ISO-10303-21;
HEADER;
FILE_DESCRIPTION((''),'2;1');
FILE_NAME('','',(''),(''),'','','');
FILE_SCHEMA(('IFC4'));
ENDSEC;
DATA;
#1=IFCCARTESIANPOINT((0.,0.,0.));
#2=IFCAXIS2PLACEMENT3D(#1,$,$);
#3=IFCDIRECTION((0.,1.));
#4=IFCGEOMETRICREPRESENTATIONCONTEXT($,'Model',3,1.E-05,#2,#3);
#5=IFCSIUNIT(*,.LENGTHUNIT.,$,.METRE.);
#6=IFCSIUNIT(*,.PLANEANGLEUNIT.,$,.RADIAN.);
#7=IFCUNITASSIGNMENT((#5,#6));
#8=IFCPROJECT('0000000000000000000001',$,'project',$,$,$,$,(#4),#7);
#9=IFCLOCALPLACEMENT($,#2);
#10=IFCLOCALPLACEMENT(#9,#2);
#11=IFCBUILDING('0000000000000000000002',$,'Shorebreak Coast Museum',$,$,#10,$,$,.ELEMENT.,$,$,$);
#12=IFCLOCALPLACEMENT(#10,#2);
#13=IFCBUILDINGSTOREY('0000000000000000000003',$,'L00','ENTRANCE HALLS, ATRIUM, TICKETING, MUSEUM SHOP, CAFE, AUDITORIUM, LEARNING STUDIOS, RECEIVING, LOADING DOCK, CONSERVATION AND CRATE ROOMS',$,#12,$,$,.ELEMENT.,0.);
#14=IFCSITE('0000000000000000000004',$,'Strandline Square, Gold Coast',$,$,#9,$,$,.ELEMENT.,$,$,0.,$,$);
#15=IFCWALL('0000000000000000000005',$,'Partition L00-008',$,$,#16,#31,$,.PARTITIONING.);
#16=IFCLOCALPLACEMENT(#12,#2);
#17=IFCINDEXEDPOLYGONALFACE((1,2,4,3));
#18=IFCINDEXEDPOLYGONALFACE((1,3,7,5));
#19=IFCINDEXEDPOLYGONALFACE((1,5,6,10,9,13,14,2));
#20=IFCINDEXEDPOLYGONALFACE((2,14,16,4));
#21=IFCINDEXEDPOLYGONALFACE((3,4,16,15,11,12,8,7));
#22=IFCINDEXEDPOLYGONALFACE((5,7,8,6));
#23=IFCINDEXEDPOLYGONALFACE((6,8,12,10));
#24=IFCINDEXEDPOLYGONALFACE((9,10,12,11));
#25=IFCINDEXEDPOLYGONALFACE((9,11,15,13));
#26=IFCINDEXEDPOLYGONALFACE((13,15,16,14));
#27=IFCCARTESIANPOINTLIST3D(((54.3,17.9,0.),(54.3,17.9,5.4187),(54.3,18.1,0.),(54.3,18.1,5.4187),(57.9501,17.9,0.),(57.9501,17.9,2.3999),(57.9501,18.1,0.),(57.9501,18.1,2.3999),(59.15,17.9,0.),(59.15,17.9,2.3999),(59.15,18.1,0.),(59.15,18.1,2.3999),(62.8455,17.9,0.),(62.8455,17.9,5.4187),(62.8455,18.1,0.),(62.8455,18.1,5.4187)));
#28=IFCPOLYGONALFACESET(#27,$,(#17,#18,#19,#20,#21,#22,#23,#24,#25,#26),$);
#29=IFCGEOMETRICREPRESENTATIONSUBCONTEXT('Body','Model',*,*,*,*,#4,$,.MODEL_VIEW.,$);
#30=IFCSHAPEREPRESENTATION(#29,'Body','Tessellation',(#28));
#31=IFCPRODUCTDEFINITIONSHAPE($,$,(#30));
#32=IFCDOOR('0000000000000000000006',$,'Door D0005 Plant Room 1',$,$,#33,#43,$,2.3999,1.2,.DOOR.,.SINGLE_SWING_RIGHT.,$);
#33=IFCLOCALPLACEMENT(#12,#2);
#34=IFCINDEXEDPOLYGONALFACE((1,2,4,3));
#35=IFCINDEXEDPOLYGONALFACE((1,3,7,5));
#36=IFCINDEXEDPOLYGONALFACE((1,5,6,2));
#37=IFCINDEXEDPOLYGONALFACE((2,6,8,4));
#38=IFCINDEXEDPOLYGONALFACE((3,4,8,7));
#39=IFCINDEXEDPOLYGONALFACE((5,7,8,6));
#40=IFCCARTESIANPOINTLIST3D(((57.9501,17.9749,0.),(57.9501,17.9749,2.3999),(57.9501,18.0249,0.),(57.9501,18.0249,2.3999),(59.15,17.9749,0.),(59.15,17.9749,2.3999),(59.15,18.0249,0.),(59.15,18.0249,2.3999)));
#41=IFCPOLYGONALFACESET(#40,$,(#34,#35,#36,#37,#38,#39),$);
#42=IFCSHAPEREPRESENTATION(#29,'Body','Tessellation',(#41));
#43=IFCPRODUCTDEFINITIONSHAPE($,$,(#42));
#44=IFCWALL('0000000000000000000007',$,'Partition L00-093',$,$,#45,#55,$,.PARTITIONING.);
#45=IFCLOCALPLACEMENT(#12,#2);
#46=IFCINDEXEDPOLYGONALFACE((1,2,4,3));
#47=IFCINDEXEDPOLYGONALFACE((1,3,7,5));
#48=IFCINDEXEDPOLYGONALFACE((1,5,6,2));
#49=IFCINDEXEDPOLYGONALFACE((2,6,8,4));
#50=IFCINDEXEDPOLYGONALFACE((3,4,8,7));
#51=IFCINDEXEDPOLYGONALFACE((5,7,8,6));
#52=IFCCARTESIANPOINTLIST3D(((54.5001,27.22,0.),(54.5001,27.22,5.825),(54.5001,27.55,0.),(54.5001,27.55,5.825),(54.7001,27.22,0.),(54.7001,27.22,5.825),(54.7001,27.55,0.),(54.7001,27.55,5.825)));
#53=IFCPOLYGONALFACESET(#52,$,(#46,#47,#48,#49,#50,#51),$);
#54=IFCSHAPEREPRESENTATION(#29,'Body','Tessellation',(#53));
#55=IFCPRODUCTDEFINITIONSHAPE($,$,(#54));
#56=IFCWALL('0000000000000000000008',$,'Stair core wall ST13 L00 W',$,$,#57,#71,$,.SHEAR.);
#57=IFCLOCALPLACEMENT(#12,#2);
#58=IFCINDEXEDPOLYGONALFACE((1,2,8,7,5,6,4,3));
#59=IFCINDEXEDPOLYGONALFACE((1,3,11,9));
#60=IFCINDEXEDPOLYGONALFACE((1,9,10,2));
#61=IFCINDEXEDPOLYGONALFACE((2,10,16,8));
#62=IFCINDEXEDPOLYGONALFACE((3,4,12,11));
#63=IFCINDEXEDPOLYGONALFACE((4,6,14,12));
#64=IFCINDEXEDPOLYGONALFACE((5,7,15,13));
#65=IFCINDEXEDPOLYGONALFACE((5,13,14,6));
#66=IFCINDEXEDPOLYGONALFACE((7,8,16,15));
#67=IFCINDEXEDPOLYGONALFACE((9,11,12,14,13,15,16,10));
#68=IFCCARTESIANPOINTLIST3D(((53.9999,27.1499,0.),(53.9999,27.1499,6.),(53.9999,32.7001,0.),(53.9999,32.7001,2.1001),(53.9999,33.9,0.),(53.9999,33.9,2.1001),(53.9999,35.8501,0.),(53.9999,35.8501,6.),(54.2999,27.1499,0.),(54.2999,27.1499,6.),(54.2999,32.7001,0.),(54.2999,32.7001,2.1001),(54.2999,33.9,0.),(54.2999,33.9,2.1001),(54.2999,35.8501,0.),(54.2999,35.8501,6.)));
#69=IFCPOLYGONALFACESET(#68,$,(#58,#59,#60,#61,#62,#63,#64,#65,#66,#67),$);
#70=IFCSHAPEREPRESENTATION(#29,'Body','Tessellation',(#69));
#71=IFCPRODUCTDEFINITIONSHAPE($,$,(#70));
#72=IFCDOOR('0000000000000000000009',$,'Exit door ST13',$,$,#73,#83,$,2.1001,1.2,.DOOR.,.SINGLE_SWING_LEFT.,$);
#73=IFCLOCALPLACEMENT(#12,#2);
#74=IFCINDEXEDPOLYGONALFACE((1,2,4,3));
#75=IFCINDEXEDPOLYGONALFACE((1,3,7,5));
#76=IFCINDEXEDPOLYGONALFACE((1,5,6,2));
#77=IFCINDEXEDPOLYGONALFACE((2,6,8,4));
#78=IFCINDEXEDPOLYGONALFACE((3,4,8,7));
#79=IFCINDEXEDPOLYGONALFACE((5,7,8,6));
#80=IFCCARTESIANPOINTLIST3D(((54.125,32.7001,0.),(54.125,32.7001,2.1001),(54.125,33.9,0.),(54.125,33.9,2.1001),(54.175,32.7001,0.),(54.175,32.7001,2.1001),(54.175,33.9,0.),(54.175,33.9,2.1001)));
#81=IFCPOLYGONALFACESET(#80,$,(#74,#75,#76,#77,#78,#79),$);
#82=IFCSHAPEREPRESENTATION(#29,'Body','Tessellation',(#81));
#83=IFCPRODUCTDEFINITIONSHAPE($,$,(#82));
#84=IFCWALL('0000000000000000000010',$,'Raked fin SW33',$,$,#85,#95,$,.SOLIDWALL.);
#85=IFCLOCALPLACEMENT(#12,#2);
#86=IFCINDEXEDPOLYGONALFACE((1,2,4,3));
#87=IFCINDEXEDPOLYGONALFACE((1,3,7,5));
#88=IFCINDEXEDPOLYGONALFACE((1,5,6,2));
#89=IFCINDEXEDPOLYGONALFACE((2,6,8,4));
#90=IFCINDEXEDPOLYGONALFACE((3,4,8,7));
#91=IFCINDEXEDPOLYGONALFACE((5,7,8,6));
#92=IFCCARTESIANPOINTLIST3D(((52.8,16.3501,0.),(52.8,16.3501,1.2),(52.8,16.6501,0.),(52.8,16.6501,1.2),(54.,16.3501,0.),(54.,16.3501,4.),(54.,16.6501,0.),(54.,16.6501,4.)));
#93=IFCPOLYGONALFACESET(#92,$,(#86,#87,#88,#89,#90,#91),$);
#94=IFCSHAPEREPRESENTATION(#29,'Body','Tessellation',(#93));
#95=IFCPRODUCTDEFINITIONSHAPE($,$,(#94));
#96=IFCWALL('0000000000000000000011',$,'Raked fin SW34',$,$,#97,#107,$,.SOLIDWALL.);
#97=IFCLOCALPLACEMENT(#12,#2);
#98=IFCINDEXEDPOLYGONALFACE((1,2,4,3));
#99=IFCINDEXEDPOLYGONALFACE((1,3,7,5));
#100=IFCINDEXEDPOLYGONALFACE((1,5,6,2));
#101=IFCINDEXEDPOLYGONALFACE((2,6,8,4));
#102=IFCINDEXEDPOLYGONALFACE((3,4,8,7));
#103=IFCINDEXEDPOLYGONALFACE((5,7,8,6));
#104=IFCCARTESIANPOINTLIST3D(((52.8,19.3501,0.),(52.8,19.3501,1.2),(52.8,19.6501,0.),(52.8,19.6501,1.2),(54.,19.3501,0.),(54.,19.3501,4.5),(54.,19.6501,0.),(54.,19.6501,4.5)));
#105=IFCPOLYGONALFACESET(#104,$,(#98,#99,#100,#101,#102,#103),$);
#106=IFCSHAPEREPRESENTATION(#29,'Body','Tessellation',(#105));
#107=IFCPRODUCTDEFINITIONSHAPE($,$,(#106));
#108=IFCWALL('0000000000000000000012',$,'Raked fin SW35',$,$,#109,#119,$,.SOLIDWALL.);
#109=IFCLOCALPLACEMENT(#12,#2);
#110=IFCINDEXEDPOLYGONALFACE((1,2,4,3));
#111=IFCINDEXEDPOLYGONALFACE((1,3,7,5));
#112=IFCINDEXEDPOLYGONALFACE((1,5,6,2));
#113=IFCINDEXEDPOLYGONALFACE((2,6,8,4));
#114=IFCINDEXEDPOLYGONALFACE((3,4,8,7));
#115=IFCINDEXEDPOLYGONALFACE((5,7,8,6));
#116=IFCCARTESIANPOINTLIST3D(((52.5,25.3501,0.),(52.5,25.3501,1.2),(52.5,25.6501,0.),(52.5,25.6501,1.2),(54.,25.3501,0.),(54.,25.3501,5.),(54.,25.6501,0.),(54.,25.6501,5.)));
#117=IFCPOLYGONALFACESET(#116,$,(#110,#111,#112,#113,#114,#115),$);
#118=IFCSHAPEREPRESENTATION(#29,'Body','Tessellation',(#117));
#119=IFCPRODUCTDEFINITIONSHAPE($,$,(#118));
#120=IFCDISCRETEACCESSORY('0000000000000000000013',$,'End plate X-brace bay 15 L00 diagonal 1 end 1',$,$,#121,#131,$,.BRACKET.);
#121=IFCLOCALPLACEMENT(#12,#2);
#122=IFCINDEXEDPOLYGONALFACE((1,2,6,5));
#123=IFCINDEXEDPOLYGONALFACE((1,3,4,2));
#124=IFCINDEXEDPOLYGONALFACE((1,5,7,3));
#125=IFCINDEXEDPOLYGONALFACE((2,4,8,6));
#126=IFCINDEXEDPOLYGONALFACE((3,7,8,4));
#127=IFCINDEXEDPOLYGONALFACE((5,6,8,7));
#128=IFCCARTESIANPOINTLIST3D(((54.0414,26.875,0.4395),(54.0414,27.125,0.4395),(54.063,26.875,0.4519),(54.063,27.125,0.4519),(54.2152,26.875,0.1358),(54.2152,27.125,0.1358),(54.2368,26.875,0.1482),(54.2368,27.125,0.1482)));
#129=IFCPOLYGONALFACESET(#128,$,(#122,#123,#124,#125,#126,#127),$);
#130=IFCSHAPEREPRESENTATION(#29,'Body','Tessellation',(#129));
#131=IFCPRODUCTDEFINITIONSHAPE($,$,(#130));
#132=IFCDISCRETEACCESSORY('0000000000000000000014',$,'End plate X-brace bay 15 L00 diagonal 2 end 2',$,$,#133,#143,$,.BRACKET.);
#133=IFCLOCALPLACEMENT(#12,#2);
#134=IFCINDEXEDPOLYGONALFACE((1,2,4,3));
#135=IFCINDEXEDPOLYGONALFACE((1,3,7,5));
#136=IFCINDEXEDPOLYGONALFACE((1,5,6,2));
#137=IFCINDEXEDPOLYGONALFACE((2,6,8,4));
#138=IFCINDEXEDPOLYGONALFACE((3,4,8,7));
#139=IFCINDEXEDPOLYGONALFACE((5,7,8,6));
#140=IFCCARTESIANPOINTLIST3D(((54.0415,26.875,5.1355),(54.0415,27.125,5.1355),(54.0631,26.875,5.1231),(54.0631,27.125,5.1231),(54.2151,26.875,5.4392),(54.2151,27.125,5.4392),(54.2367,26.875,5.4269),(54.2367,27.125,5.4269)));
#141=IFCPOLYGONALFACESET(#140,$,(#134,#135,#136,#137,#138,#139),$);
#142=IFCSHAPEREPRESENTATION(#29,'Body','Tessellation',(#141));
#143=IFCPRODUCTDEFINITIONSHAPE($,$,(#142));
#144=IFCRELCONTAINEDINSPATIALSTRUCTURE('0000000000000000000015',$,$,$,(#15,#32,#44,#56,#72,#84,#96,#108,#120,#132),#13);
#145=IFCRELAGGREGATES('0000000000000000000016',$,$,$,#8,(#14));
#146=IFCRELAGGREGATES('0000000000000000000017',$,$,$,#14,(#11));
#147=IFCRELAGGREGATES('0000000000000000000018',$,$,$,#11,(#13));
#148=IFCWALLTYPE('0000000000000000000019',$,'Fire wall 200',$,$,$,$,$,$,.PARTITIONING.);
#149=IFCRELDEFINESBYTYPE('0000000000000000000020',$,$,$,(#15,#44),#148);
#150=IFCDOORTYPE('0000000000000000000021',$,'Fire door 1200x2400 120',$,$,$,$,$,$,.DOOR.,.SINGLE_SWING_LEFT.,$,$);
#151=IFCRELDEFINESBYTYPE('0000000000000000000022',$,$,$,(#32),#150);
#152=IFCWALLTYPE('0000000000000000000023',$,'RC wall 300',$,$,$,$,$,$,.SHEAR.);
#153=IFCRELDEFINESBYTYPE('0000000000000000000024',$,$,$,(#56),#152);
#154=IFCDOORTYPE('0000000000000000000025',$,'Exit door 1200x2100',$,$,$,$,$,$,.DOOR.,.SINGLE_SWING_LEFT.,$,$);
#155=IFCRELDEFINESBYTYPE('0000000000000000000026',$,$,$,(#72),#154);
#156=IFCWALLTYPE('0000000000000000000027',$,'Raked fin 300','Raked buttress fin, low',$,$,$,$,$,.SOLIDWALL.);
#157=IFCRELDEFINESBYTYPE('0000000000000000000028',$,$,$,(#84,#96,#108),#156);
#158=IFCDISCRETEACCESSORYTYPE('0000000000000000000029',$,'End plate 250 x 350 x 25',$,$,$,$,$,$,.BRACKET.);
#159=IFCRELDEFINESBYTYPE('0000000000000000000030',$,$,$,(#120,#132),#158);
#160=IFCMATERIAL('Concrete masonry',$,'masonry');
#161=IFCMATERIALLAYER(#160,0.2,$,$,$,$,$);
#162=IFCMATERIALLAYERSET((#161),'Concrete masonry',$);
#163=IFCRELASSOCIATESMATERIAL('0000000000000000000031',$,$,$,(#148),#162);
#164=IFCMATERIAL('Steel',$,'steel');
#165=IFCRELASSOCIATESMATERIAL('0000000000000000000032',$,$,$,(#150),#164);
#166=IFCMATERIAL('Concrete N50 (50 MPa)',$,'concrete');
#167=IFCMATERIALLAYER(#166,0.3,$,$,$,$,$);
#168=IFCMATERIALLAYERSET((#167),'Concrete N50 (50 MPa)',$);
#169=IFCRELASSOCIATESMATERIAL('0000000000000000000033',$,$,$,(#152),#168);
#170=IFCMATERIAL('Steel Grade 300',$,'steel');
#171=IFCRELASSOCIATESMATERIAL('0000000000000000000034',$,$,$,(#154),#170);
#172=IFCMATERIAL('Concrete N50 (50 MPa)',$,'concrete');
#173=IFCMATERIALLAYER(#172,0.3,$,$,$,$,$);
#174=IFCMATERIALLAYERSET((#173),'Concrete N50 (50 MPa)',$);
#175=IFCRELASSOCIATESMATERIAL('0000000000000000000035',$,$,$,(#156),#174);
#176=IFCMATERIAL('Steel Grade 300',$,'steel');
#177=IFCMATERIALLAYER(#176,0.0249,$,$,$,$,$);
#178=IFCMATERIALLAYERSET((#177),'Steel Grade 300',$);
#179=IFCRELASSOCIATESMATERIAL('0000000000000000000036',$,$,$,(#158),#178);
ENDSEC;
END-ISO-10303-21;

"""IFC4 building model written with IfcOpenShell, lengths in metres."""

from ifc_helpers import new_model, si_unit, direction, frame, frame_2d, origin, place, context, subcontext, project, spatial, polyline, rectangle, outline, extrude, material, layer, layer_set, type_object, element, fill, save


model = new_model("IFC4")

# Units and contexts
model_context = context("Model", 3, precision=1e-05, world=origin(), true_north=direction((0.0, 1.0)))
body_context = subcontext(model_context, "Body", "Model", "MODEL_VIEW")
ifc_project = project(units=[si_unit("LENGTHUNIT", "METRE"), si_unit("PLANEANGLEUNIT", "RADIAN")], contexts=[model_context])

# Site, building, storey
site_placement = place(None, origin())
site = spatial("IfcSite", under=ifc_project, at=site_placement, Name="Strandline Square, Gold Coast", CompositionType="ELEMENT", RefElevation=0.0)
building_placement = place(site_placement, origin())
building = spatial("IfcBuilding", under=site, at=building_placement, Name="Shorebreak Coast Museum", CompositionType="ELEMENT")
storey_placement = place(building_placement, origin())
storey = spatial("IfcBuildingStorey", under=building, at=storey_placement, Name="L00", Description="ENTRANCE HALLS, ATRIUM, TICKETING, MUSEUM SHOP, CAFE, AUDITORIUM, LEARNING STUDIOS, RECEIVING, LOADING DOCK, CONSERVATION AND CRATE ROOMS", CompositionType="ELEMENT", Elevation=0.0)

# Wall, opening, door
ifc_material_1 = material(Name="Concrete masonry", Category="masonry")
ifc_layer_1 = layer(ifc_material_1, 0.2)
ifc_layer_set_1 = layer_set([ifc_layer_1], Name="Concrete masonry")
wall_type_1 = type_object("IfcWallType", Name="Fire wall 200", PredefinedType="PARTITIONING", material=ifc_layer_set_1)
wall_1_placement = place(storey_placement, frame((54.3, 18.0, 0.0), z_axis=(0.0, 0.0, 1.0), x_axis=(1.0, 0.0, 0.0)))
wall_1 = element("IfcWall", 1, at=wall_1_placement, inside=storey, type_object=wall_type_1, Name="Partition L00-008", PredefinedType="PARTITIONING", context=body_context, shape_type="SweptSolid", body=[
    extrude(rectangle(XDim=8.5454, YDim=0.2, at=frame_2d((4.2727, 0.0))), origin(), (0.0, 0.0, 1.0), 5.4187),
])
opening_1_placement = place(wall_1_placement, frame((3.6499, 0.0, 0.0)))
opening_1 = element("IfcOpeningElement", 2, at=opening_1_placement, cuts=wall_1, PredefinedType="OPENING", context=body_context, shape_type="SweptSolid", body=[
    extrude(rectangle(XDim=1.2, YDim=2.3999, at=frame_2d((0.6001, 1.2))), frame((0.0, 0.1099, 0.0), z_axis=(0.0, -1.0, 0.0), x_axis=(1.0, 0.0, 0.0)), (0.0, 0.0, 1.0), 0.22),
])
ifc_material_2 = material(Name="Steel", Category="steel")
door_type_1 = type_object("IfcDoorType", Name="Fire door 1200x2400 120", OperationType="SINGLE_SWING_LEFT", PredefinedType="DOOR", material=ifc_material_2)
door_1_placement = place(opening_1_placement, origin())
door_1 = element("IfcDoor", 3, at=door_1_placement, inside=storey, type_object=door_type_1, Name="Door D0005 Plant Room 1", OperationType="SINGLE_SWING_RIGHT", OverallHeight=2.3999, OverallWidth=1.2, PredefinedType="DOOR", context=body_context, shape_type="SweptSolid", body=[
    extrude(rectangle(XDim=1.2, YDim=2.3999, at=frame_2d((0.6001, 1.2))), frame((0.0, 0.0249, 0.0), z_axis=(0.0, -1.0, 0.0), x_axis=(1.0, 0.0, 0.0)), (0.0, 0.0, 1.0), 0.05),
])
fill(opening_1, door_1)

# Wall
wall_2_placement = place(storey_placement, frame((54.6001, 27.22, 0.0), z_axis=(0.0, 0.0, 1.0), x_axis=(0.0, 1.0, 0.0)))
element("IfcWall", 4, at=wall_2_placement, inside=storey, type_object=wall_type_1, Name="Partition L00-093", PredefinedType="PARTITIONING", context=body_context, shape_type="SweptSolid", body=[
    extrude(rectangle(XDim=0.3301, YDim=0.2, at=frame_2d((0.165, 0.0))), origin(), (0.0, 0.0, 1.0), 5.825),
])

# Wall, opening, door
ifc_material_3 = material(Name="Concrete N50 (50 MPa)", Category="concrete")
ifc_layer_2 = layer(ifc_material_3, 0.3)
ifc_layer_set_2 = layer_set([ifc_layer_2], Name="Concrete N50 (50 MPa)")
wall_type_2 = type_object("IfcWallType", Name="RC wall 300", PredefinedType="SHEAR", material=ifc_layer_set_2)
wall_3_placement = place(storey_placement, frame((54.1499, 27.1499, 0.0), z_axis=(0.0, 0.0, 1.0), x_axis=(0.0, 1.0, 0.0)))
wall_3 = element("IfcWall", 5, at=wall_3_placement, inside=storey, type_object=wall_type_2, Name="Stair core wall ST13 L00 W", PredefinedType="SHEAR", context=body_context, shape_type="SweptSolid", body=[
    extrude(rectangle(XDim=8.7002, YDim=0.3, at=frame_2d((4.3501, 0.0))), origin(), (0.0, 0.0, 1.0), 6.0),
])
opening_2_placement = place(wall_3_placement, frame((5.55, 0.0, 0.0)))
opening_2 = element("IfcOpeningElement", 6, at=opening_2_placement, cuts=wall_3, PredefinedType="OPENING", context=body_context, shape_type="SweptSolid", body=[
    extrude(rectangle(XDim=1.2, YDim=2.1001, at=frame_2d((0.6001, 1.05))), frame((0.0, 0.1599, 0.0), z_axis=(0.0, -1.0, 0.0), x_axis=(1.0, 0.0, 0.0)), (0.0, 0.0, 1.0), 0.3201),
])
ifc_material_4 = material(Name="Steel Grade 300", Category="steel")
door_type_2 = type_object("IfcDoorType", Name="Exit door 1200x2100", OperationType="SINGLE_SWING_LEFT", PredefinedType="DOOR", material=ifc_material_4)
door_2_placement = place(opening_2_placement, origin())
door_2 = element("IfcDoor", 7, at=door_2_placement, inside=storey, type_object=door_type_2, Name="Exit door ST13", OperationType="SINGLE_SWING_LEFT", OverallHeight=2.1001, OverallWidth=1.2, PredefinedType="DOOR", context=body_context, shape_type="SweptSolid", body=[
    extrude(rectangle(XDim=1.2, YDim=2.1001, at=frame_2d((0.6001, 1.05))), frame((0.0, 0.0249, 0.0), z_axis=(0.0, -1.0, 0.0), x_axis=(1.0, 0.0, 0.0)), (0.0, 0.0, 1.0), 0.05),
])
fill(opening_2, door_2)

# Walls
ifc_material_5 = material(Name="Concrete N50 (50 MPa)", Category="concrete")
ifc_layer_3 = layer(ifc_material_5, 0.3)
ifc_layer_set_3 = layer_set([ifc_layer_3], Name="Concrete N50 (50 MPa)")
wall_type_3 = type_object("IfcWallType", Name="Raked fin 300", Description="Raked buttress fin, low", PredefinedType="SOLIDWALL", material=ifc_layer_set_3)
wall_4_placement = place(storey_placement, frame((54.0, 16.5, 0.0), z_axis=(0.0, 0.0, 1.0), x_axis=(-1.0, 0.0, 0.0)))
element("IfcWall", 8, at=wall_4_placement, inside=storey, type_object=wall_type_3, Name="Raked fin SW33", PredefinedType="SOLIDWALL", context=body_context, shape_type="SweptSolid", body=[
    extrude(outline(polyline([(0.0, 0.0), (1.2, 0.0), (1.2, 1.2), (0.0, 4.0), (0.0, 0.0)])), frame((0.0, 0.1499, 0.0), z_axis=(0.0, -1.0, 0.0), x_axis=(1.0, 0.0, 0.0)), (0.0, 0.0, 1.0), 0.3),
])
wall_5_placement = place(storey_placement, frame((54.0, 19.5, 0.0), z_axis=(0.0, 0.0, 1.0), x_axis=(-1.0, 0.0, 0.0)))
element("IfcWall", 9, at=wall_5_placement, inside=storey, type_object=wall_type_3, Name="Raked fin SW34", PredefinedType="SOLIDWALL", context=body_context, shape_type="SweptSolid", body=[
    extrude(outline(polyline([(0.0, 0.0), (1.2, 0.0), (1.2, 1.2), (0.0, 4.5), (0.0, 0.0)])), frame((0.0, 0.1499, 0.0), z_axis=(0.0, -1.0, 0.0), x_axis=(1.0, 0.0, 0.0)), (0.0, 0.0, 1.0), 0.3),
])
wall_6_placement = place(storey_placement, frame((54.0, 25.5, 0.0), z_axis=(0.0, 0.0, 1.0), x_axis=(-1.0, 0.0, 0.0)))
element("IfcWall", 10, at=wall_6_placement, inside=storey, type_object=wall_type_3, Name="Raked fin SW35", PredefinedType="SOLIDWALL", context=body_context, shape_type="SweptSolid", body=[
    extrude(outline(polyline([(0.0, 0.0), (1.5, 0.0), (1.5, 1.2), (0.0, 5.0), (0.0, 0.0)])), frame((0.0, 0.1499, 0.0), z_axis=(0.0, -1.0, 0.0), x_axis=(1.0, 0.0, 0.0)), (0.0, 0.0, 1.0), 0.3),
])

# Discrete accessories
ifc_material_6 = material(Name="Steel Grade 300", Category="steel")
ifc_layer_4 = layer(ifc_material_6, 0.0249)
ifc_layer_set_4 = layer_set([ifc_layer_4], Name="Steel Grade 300")
discrete_accessory_type = type_object("IfcDiscreteAccessoryType", Name="End plate 250 x 350 x 25", PredefinedType="BRACKET", material=ifc_layer_set_4)
discrete_accessory_1_placement = place(storey_placement, frame((54.2368, 26.875, 0.1482), z_axis=(0.867899, 0.0, 0.49674), x_axis=(0.0, 1.0, 0.0)))
element("IfcDiscreteAccessory", 11, at=discrete_accessory_1_placement, inside=storey, type_object=discrete_accessory_type, Name="End plate X-brace bay 15 L00 diagonal 1 end 1", PredefinedType="BRACKET", context=body_context, shape_type="SweptSolid", body=[
    extrude(outline(polyline([(0.0, 0.0), (0.25, 0.0), (0.25, 0.3499), (0.0, 0.3499), (0.0, 0.0)])), origin(), (0.0, 0.0, -1.0), 0.0249),
])
discrete_accessory_2_placement = place(storey_placement, frame((54.0415, 27.125, 5.1355), z_axis=(-0.8682, 0.0, 0.496214), x_axis=(0.0, -1.0, 0.0)))
element("IfcDiscreteAccessory", 12, at=discrete_accessory_2_placement, inside=storey, type_object=discrete_accessory_type, Name="End plate X-brace bay 15 L00 diagonal 2 end 2", PredefinedType="BRACKET", context=body_context, shape_type="SweptSolid", body=[
    extrude(outline(polyline([(0.0, 0.0), (0.25, 0.0), (0.25, 0.3498), (0.0, 0.3498), (0.0, 0.0)])), origin(), (0.0, 0.0, -1.0), 0.0249),
])

save(model, "model.ifc")
